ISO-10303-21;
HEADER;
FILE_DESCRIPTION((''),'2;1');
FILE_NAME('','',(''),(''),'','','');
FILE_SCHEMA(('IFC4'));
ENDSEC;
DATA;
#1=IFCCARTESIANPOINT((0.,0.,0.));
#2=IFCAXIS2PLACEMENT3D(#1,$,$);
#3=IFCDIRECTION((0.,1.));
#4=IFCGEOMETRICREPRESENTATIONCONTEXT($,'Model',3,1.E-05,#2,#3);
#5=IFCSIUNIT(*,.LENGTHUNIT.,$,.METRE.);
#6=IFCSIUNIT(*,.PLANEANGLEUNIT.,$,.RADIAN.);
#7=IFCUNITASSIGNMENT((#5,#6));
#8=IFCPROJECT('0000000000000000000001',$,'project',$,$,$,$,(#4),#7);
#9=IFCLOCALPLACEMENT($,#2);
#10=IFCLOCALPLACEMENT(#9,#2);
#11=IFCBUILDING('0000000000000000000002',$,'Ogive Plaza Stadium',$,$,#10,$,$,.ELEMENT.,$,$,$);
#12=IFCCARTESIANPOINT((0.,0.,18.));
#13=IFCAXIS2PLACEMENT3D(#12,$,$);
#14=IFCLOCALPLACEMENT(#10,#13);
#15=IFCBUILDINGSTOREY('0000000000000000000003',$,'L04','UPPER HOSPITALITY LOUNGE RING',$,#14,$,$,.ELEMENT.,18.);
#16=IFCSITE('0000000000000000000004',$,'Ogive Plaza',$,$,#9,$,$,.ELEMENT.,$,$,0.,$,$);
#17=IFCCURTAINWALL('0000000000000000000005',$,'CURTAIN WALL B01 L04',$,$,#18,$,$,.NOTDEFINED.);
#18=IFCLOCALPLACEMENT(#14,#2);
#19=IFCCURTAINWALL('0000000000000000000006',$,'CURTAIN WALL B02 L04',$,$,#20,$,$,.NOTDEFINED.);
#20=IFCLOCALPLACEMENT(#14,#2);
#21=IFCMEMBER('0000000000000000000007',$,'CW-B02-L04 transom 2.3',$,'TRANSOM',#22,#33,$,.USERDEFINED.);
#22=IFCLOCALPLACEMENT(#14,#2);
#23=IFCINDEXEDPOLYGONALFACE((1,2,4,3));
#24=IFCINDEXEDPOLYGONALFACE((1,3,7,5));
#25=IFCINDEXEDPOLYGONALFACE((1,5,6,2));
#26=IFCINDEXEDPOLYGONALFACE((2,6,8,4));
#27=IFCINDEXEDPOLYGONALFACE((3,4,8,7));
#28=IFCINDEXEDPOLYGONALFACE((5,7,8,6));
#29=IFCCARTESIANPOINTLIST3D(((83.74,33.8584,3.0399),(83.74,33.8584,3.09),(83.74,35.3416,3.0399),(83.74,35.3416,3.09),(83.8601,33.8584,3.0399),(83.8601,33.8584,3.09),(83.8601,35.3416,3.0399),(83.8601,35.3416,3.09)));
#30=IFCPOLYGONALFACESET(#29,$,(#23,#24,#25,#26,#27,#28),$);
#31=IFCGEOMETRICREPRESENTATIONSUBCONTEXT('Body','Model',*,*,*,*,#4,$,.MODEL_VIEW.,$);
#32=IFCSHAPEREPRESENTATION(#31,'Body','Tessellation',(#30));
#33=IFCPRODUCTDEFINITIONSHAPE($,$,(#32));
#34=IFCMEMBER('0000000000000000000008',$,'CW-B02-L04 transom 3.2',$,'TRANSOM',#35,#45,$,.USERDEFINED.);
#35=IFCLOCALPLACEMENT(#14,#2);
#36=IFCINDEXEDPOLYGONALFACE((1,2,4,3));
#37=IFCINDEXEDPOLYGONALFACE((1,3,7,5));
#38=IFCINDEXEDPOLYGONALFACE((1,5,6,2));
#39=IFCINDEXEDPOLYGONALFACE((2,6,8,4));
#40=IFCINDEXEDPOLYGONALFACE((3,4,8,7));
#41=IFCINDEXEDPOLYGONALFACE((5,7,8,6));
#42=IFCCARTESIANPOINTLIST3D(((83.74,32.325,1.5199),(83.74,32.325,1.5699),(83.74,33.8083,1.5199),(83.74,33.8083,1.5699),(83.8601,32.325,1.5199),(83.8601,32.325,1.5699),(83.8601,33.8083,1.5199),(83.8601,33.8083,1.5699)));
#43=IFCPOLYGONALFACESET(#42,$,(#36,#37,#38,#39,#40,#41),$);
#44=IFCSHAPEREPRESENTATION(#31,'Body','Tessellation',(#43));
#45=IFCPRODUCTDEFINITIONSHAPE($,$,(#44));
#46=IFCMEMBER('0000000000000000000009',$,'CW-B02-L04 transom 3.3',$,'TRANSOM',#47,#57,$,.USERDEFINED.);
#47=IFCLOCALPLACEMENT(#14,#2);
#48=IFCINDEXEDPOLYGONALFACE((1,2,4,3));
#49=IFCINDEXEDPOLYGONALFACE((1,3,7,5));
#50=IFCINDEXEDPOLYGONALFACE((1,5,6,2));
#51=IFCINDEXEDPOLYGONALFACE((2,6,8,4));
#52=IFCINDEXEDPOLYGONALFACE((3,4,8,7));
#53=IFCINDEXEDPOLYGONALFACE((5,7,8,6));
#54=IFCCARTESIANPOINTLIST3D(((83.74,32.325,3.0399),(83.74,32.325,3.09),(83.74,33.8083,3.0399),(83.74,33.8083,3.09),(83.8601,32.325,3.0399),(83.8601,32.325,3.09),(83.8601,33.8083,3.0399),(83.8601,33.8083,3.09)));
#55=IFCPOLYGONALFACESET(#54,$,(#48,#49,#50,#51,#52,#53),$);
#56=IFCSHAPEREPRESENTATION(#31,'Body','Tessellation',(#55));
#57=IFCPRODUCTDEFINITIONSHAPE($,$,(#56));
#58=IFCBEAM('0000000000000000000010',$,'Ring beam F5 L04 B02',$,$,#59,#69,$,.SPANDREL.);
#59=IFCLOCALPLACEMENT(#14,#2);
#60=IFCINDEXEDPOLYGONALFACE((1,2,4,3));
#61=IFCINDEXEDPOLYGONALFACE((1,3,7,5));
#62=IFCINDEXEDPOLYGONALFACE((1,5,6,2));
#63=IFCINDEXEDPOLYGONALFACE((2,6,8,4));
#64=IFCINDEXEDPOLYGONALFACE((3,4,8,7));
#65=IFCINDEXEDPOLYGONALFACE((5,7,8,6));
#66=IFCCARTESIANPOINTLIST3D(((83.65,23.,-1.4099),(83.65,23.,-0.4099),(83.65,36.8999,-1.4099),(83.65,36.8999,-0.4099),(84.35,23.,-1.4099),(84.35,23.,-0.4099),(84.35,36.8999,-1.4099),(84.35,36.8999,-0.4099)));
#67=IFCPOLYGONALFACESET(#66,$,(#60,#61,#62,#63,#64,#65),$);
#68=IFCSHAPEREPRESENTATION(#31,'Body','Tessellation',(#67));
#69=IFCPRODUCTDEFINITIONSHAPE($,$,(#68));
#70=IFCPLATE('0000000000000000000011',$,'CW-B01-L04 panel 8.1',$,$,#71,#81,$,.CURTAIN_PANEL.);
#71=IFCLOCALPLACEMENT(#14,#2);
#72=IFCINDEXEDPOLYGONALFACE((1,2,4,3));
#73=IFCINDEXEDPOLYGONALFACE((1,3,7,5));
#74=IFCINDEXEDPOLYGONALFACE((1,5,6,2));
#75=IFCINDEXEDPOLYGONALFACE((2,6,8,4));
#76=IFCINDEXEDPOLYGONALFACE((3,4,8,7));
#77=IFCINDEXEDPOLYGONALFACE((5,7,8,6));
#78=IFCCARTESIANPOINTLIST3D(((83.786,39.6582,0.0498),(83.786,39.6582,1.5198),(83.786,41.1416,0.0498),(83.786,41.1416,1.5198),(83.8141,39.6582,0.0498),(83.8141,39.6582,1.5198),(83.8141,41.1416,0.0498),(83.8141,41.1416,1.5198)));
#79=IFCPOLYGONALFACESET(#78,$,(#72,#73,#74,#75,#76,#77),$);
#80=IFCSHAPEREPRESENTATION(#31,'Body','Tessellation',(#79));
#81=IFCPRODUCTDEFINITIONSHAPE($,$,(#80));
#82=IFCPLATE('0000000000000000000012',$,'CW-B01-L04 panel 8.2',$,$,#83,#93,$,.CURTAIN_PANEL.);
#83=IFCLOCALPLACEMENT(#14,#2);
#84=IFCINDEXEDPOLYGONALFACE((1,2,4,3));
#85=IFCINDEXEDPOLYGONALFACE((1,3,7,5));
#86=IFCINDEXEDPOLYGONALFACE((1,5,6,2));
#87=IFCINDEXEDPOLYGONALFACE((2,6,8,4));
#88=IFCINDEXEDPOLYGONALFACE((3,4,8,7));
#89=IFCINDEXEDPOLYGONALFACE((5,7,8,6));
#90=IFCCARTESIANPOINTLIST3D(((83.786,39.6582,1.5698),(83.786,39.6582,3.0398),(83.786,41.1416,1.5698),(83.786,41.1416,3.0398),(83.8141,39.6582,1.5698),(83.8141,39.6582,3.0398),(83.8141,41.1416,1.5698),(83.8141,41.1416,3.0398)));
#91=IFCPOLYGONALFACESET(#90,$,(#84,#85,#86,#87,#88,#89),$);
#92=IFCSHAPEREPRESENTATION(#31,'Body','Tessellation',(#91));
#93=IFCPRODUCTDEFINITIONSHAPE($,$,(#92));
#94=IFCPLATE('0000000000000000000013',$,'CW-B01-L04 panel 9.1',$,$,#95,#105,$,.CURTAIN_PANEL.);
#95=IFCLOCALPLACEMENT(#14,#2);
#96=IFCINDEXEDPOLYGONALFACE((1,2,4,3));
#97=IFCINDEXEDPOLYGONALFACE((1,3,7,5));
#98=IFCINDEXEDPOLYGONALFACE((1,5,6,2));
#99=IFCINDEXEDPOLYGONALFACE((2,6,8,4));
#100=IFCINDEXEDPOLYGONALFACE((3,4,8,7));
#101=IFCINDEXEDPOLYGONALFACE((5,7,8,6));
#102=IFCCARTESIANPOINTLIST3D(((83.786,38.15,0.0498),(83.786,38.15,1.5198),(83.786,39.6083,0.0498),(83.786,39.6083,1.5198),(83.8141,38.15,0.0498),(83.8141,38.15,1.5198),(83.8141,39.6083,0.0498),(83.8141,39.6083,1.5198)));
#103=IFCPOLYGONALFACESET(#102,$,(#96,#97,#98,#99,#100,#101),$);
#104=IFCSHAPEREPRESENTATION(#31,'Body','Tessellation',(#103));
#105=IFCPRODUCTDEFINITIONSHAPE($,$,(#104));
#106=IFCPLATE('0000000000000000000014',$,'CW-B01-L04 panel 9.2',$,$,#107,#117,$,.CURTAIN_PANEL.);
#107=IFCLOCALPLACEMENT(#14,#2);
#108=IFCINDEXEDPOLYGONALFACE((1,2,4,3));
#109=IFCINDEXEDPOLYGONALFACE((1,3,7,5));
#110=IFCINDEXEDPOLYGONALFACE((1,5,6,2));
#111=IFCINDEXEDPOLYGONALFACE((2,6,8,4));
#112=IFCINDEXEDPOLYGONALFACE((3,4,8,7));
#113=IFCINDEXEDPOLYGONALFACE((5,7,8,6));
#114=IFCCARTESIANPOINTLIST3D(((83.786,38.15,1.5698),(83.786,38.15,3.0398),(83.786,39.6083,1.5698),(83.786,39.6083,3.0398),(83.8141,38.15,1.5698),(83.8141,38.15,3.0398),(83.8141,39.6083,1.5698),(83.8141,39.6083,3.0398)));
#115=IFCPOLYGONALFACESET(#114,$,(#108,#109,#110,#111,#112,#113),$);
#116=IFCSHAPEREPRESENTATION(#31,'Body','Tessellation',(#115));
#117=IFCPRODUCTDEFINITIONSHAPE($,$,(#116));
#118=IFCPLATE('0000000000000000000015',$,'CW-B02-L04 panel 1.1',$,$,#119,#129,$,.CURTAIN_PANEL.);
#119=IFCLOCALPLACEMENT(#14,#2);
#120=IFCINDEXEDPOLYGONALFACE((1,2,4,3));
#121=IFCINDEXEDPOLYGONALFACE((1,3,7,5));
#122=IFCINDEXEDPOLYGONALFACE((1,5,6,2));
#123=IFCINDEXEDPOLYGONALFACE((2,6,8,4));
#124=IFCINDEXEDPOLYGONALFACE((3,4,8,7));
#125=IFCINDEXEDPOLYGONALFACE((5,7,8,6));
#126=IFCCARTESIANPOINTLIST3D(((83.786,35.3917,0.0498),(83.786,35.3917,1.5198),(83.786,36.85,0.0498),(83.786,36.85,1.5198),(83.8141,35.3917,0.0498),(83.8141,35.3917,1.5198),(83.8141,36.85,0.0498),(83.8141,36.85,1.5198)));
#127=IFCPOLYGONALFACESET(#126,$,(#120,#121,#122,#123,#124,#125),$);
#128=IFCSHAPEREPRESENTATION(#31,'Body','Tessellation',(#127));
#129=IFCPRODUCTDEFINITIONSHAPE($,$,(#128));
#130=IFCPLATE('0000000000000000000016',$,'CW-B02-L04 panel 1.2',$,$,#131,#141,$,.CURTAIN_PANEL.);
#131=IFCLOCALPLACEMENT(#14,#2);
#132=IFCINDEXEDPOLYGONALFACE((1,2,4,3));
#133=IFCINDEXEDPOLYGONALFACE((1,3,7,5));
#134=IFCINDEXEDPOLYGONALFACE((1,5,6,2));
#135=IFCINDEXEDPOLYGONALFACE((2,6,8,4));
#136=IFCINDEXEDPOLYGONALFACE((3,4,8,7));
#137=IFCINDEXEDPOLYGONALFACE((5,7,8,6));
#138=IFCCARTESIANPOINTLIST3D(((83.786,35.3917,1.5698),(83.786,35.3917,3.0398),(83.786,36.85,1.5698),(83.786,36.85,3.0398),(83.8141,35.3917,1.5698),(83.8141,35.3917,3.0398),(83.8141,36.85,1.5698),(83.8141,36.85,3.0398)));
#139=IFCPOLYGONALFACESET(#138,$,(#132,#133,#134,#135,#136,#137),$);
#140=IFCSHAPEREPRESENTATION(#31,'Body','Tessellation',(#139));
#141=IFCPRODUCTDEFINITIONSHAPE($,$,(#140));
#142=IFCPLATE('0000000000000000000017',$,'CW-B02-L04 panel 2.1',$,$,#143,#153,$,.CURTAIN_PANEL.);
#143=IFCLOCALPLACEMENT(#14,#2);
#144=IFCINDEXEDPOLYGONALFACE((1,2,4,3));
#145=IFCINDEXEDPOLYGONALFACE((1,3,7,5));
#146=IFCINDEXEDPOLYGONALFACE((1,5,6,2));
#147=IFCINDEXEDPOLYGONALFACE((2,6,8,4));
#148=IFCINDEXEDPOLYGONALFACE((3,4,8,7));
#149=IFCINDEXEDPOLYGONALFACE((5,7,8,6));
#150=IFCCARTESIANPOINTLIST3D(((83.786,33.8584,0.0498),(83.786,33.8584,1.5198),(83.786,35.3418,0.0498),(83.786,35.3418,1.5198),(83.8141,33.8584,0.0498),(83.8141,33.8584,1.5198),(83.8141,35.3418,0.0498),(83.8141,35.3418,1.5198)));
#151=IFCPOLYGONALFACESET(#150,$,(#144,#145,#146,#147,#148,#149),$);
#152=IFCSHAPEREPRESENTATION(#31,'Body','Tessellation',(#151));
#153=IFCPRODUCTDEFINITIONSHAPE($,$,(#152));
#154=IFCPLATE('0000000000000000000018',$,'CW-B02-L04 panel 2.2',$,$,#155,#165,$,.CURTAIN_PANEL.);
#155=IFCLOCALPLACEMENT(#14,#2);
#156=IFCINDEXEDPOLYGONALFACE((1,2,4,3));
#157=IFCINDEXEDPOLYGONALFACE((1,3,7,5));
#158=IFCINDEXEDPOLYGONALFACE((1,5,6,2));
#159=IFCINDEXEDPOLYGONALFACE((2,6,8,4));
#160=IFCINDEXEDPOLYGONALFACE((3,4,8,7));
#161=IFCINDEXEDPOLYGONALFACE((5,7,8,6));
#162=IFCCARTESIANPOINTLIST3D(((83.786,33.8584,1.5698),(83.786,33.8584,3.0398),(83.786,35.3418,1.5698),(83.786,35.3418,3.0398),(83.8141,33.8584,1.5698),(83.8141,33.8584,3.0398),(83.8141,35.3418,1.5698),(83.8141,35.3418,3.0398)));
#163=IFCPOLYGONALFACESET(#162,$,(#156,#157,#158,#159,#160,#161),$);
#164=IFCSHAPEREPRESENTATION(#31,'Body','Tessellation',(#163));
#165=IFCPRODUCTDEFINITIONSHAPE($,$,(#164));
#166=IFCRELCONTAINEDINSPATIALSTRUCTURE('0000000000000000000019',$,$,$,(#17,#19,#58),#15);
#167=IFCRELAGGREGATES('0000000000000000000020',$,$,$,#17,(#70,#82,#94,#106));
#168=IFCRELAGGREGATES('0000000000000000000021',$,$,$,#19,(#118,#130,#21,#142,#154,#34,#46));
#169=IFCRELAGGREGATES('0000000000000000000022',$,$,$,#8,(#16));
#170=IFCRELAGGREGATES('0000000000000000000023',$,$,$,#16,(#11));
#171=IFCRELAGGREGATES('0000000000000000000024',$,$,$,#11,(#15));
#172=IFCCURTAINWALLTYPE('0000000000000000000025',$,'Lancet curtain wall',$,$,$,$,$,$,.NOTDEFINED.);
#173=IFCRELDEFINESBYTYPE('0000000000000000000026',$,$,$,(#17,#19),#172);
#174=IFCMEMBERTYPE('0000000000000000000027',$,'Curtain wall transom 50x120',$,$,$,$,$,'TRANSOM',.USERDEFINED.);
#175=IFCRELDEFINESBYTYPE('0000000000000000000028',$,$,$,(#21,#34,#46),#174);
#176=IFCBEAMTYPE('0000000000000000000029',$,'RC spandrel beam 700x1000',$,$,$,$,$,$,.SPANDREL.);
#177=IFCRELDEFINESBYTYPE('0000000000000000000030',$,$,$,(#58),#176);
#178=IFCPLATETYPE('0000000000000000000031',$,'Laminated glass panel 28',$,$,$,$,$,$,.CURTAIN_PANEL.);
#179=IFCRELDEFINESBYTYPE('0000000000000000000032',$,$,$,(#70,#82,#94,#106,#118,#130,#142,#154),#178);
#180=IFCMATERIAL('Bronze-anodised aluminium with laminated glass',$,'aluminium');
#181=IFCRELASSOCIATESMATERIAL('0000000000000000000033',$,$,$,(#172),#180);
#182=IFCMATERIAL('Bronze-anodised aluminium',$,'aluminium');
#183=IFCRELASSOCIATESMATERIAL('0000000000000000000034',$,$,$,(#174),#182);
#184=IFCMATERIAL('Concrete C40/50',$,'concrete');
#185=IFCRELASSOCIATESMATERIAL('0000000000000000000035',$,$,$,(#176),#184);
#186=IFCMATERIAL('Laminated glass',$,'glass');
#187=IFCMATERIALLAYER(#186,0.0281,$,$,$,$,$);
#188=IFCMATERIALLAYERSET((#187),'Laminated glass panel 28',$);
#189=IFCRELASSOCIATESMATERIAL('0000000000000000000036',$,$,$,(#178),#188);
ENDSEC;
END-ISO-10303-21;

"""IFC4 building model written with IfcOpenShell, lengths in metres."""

from ifc_helpers import new_model, si_unit, direction, frame, origin, origin_2d, place, context, subcontext, project, spatial, rectangle, extrude, material, layer, layer_set, material_profile, profile_set, type_object, element, aggregate, save


model = new_model("IFC4")

# Units and contexts
model_context = context("Model", 3, precision=1e-05, world=origin(), true_north=direction((0.0, 1.0)))
body_context = subcontext(model_context, "Body", "Model", "MODEL_VIEW")
ifc_project = project(units=[si_unit("LENGTHUNIT", "METRE"), si_unit("PLANEANGLEUNIT", "RADIAN")], contexts=[model_context])

# Site, building, storey
site_placement = place(None, origin())
site = spatial("IfcSite", under=ifc_project, at=site_placement, Name="Ogive Plaza", CompositionType="ELEMENT", RefElevation=0.0)
building_placement = place(site_placement, origin())
building = spatial("IfcBuilding", under=site, at=building_placement, Name="Ogive Plaza Stadium", CompositionType="ELEMENT")
storey_placement = place(building_placement, frame((0.0, 0.0, 18.0)))
storey = spatial("IfcBuildingStorey", under=building, at=storey_placement, Name="L04", Description="UPPER HOSPITALITY LOUNGE RING", CompositionType="ELEMENT", Elevation=18.0)

# Curtain walls
ifc_material_1 = material(Name="Bronze-anodised aluminium with laminated glass", Category="aluminium")
curtain_wall_type = type_object("IfcCurtainWallType", Name="Lancet curtain wall", PredefinedType="NOTDEFINED", material=ifc_material_1)
curtain_wall_1_placement = place(storey_placement, origin())
curtain_wall_1 = element("IfcCurtainWall", 1, at=curtain_wall_1_placement, inside=storey, type_object=curtain_wall_type, Name="CURTAIN WALL B01 L04", PredefinedType="NOTDEFINED")
curtain_wall_2_placement = place(storey_placement, origin())
curtain_wall_2 = element("IfcCurtainWall", 2, at=curtain_wall_2_placement, inside=storey, type_object=curtain_wall_type, Name="CURTAIN WALL B02 L04", PredefinedType="NOTDEFINED")

# Members
ifc_material_2 = material(Name="Bronze-anodised aluminium", Category="aluminium")
ifc_material_profile_1 = material_profile(ifc_material_2, rectangle(XDim=0.1201, YDim=0.05, at=origin_2d()), Name="AL 120x50")
ifc_profile_set_1 = profile_set([ifc_material_profile_1], Name="Bronze-anodised aluminium")
member_type_1 = type_object("IfcMemberType", Name="Curtain wall transom 50x120", ElementType="TRANSOM", PredefinedType="USERDEFINED", material=ifc_profile_set_1)
member_1_placement = place(storey_placement, frame((83.8, 35.3416, 3.0649), z_axis=(0.0, -1.0, 0.0), x_axis=(1.0, 0.0, 0.0)))
member_1 = element("IfcMember", 3, at=member_1_placement, type_object=member_type_1, Name="CW-B02-L04 transom 2.3", ObjectType="TRANSOM", PredefinedType="USERDEFINED", context=body_context, shape_type="SweptSolid", body=[
    extrude(rectangle(XDim=0.1201, YDim=0.05, at=origin_2d()), origin(), (0.0, 0.0, 1.0), 1.4832),
])
member_2_placement = place(storey_placement, frame((83.8, 33.8083, 1.5449), z_axis=(0.0, -1.0, 0.0), x_axis=(1.0, 0.0, 0.0)))
member_2 = element("IfcMember", 4, at=member_2_placement, type_object=member_type_1, Name="CW-B02-L04 transom 3.2", ObjectType="TRANSOM", PredefinedType="USERDEFINED", context=body_context, shape_type="SweptSolid", body=[
    extrude(rectangle(XDim=0.1201, YDim=0.05, at=origin_2d()), origin(), (0.0, 0.0, 1.0), 1.4834),
])
member_3_placement = place(storey_placement, frame((83.8, 33.8083, 3.0649), z_axis=(0.0, -1.0, 0.0), x_axis=(1.0, 0.0, 0.0)))
member_3 = element("IfcMember", 5, at=member_3_placement, type_object=member_type_1, Name="CW-B02-L04 transom 3.3", ObjectType="TRANSOM", PredefinedType="USERDEFINED", context=body_context, shape_type="SweptSolid", body=[
    extrude(rectangle(XDim=0.1201, YDim=0.05, at=origin_2d()), origin(), (0.0, 0.0, 1.0), 1.4834),
])

# Beam
ifc_material_3 = material(Name="Concrete C40/50", Category="concrete")
ifc_material_profile_2 = material_profile(ifc_material_3, rectangle(XDim=0.7, YDim=1.0, at=origin_2d()), Name="RC 700x1000")
ifc_profile_set_2 = profile_set([ifc_material_profile_2], Name="Concrete C40/50")
beam_type = type_object("IfcBeamType", Name="RC spandrel beam 700x1000", PredefinedType="SPANDREL", material=ifc_profile_set_2)
beam_placement = place(storey_placement, frame((84.0, 36.8999, -0.9099), z_axis=(0.0, -1.0, 0.0), x_axis=(1.0, 0.0, 0.0)))
element("IfcBeam", 6, at=beam_placement, inside=storey, type_object=beam_type, Name="Ring beam F5 L04 B02", PredefinedType="SPANDREL", context=body_context, shape_type="SweptSolid", body=[
    extrude(rectangle(XDim=0.7, YDim=1.0, at=origin_2d()), origin(), (0.0, 0.0, 1.0), 13.8999),
])

# Plates
ifc_material_4 = material(Name="Laminated glass", Category="glass")
ifc_layer = layer(ifc_material_4, 0.0281)
ifc_layer_set = layer_set([ifc_layer], Name="Laminated glass panel 28")
plate_type = type_object("IfcPlateType", Name="Laminated glass panel 28", PredefinedType="CURTAIN_PANEL", material=ifc_layer_set)
plate_1_placement = place(storey_placement, frame((83.8, 40.3999, 0.0498), z_axis=(0.0, 0.0, 1.0), x_axis=(0.0, -1.0, 0.0)))
plate_1 = element("IfcPlate", 7, at=plate_1_placement, type_object=plate_type, Name="CW-B01-L04 panel 8.1", PredefinedType="CURTAIN_PANEL", context=body_context, shape_type="SweptSolid", body=[
    extrude(rectangle(XDim=1.4834, YDim=0.0281, at=origin_2d()), origin(), (0.0, 0.0, 1.0), 1.47),
])
plate_2_placement = place(storey_placement, frame((83.8, 40.3999, 1.5698), z_axis=(0.0, 0.0, 1.0), x_axis=(0.0, -1.0, 0.0)))
plate_2 = element("IfcPlate", 8, at=plate_2_placement, type_object=plate_type, Name="CW-B01-L04 panel 8.2", PredefinedType="CURTAIN_PANEL", context=body_context, shape_type="SweptSolid", body=[
    extrude(rectangle(XDim=1.4834, YDim=0.0281, at=origin_2d()), origin(), (0.0, 0.0, 1.0), 1.47),
])
plate_3_placement = place(storey_placement, frame((83.8, 38.8792, 0.0498), z_axis=(0.0, 0.0, 1.0), x_axis=(0.0, -1.0, 0.0)))
plate_3 = element("IfcPlate", 9, at=plate_3_placement, type_object=plate_type, Name="CW-B01-L04 panel 9.1", PredefinedType="CURTAIN_PANEL", context=body_context, shape_type="SweptSolid", body=[
    extrude(rectangle(XDim=1.4583, YDim=0.0281, at=origin_2d()), origin(), (0.0, 0.0, 1.0), 1.47),
])
plate_4_placement = place(storey_placement, frame((83.8, 38.8792, 1.5698), z_axis=(0.0, 0.0, 1.0), x_axis=(0.0, -1.0, 0.0)))
plate_4 = element("IfcPlate", 10, at=plate_4_placement, type_object=plate_type, Name="CW-B01-L04 panel 9.2", PredefinedType="CURTAIN_PANEL", context=body_context, shape_type="SweptSolid", body=[
    extrude(rectangle(XDim=1.4583, YDim=0.0281, at=origin_2d()), origin(), (0.0, 0.0, 1.0), 1.47),
])
aggregate(curtain_wall_1, [plate_1, plate_2, plate_3, plate_4])
plate_5_placement = place(storey_placement, frame((83.8, 36.1208, 0.0498), z_axis=(0.0, 0.0, 1.0), x_axis=(0.0, -1.0, 0.0)))
plate_5 = element("IfcPlate", 11, at=plate_5_placement, type_object=plate_type, Name="CW-B02-L04 panel 1.1", PredefinedType="CURTAIN_PANEL", context=body_context, shape_type="SweptSolid", body=[
    extrude(rectangle(XDim=1.4583, YDim=0.0281, at=origin_2d()), origin(), (0.0, 0.0, 1.0), 1.47),
])
plate_6_placement = place(storey_placement, frame((83.8, 36.1208, 1.5698), z_axis=(0.0, 0.0, 1.0), x_axis=(0.0, -1.0, 0.0)))
plate_6 = element("IfcPlate", 12, at=plate_6_placement, type_object=plate_type, Name="CW-B02-L04 panel 1.2", PredefinedType="CURTAIN_PANEL", context=body_context, shape_type="SweptSolid", body=[
    extrude(rectangle(XDim=1.4583, YDim=0.0281, at=origin_2d()), origin(), (0.0, 0.0, 1.0), 1.47),
])
plate_7_placement = place(storey_placement, frame((83.8, 34.6001, 0.0498), z_axis=(0.0, 0.0, 1.0), x_axis=(0.0, -1.0, 0.0)))
plate_7 = element("IfcPlate", 13, at=plate_7_placement, type_object=plate_type, Name="CW-B02-L04 panel 2.1", PredefinedType="CURTAIN_PANEL", context=body_context, shape_type="SweptSolid", body=[
    extrude(rectangle(XDim=1.4834, YDim=0.0281, at=origin_2d()), origin(), (0.0, 0.0, 1.0), 1.47),
])
plate_8_placement = place(storey_placement, frame((83.8, 34.6001, 1.5698), z_axis=(0.0, 0.0, 1.0), x_axis=(0.0, -1.0, 0.0)))
plate_8 = element("IfcPlate", 14, at=plate_8_placement, type_object=plate_type, Name="CW-B02-L04 panel 2.2", PredefinedType="CURTAIN_PANEL", context=body_context, shape_type="SweptSolid", body=[
    extrude(rectangle(XDim=1.4834, YDim=0.0281, at=origin_2d()), origin(), (0.0, 0.0, 1.0), 1.47),
])
aggregate(curtain_wall_2, [plate_5, plate_6, member_1, plate_7, plate_8, member_2, member_3])

save(model, "model.ifc")
